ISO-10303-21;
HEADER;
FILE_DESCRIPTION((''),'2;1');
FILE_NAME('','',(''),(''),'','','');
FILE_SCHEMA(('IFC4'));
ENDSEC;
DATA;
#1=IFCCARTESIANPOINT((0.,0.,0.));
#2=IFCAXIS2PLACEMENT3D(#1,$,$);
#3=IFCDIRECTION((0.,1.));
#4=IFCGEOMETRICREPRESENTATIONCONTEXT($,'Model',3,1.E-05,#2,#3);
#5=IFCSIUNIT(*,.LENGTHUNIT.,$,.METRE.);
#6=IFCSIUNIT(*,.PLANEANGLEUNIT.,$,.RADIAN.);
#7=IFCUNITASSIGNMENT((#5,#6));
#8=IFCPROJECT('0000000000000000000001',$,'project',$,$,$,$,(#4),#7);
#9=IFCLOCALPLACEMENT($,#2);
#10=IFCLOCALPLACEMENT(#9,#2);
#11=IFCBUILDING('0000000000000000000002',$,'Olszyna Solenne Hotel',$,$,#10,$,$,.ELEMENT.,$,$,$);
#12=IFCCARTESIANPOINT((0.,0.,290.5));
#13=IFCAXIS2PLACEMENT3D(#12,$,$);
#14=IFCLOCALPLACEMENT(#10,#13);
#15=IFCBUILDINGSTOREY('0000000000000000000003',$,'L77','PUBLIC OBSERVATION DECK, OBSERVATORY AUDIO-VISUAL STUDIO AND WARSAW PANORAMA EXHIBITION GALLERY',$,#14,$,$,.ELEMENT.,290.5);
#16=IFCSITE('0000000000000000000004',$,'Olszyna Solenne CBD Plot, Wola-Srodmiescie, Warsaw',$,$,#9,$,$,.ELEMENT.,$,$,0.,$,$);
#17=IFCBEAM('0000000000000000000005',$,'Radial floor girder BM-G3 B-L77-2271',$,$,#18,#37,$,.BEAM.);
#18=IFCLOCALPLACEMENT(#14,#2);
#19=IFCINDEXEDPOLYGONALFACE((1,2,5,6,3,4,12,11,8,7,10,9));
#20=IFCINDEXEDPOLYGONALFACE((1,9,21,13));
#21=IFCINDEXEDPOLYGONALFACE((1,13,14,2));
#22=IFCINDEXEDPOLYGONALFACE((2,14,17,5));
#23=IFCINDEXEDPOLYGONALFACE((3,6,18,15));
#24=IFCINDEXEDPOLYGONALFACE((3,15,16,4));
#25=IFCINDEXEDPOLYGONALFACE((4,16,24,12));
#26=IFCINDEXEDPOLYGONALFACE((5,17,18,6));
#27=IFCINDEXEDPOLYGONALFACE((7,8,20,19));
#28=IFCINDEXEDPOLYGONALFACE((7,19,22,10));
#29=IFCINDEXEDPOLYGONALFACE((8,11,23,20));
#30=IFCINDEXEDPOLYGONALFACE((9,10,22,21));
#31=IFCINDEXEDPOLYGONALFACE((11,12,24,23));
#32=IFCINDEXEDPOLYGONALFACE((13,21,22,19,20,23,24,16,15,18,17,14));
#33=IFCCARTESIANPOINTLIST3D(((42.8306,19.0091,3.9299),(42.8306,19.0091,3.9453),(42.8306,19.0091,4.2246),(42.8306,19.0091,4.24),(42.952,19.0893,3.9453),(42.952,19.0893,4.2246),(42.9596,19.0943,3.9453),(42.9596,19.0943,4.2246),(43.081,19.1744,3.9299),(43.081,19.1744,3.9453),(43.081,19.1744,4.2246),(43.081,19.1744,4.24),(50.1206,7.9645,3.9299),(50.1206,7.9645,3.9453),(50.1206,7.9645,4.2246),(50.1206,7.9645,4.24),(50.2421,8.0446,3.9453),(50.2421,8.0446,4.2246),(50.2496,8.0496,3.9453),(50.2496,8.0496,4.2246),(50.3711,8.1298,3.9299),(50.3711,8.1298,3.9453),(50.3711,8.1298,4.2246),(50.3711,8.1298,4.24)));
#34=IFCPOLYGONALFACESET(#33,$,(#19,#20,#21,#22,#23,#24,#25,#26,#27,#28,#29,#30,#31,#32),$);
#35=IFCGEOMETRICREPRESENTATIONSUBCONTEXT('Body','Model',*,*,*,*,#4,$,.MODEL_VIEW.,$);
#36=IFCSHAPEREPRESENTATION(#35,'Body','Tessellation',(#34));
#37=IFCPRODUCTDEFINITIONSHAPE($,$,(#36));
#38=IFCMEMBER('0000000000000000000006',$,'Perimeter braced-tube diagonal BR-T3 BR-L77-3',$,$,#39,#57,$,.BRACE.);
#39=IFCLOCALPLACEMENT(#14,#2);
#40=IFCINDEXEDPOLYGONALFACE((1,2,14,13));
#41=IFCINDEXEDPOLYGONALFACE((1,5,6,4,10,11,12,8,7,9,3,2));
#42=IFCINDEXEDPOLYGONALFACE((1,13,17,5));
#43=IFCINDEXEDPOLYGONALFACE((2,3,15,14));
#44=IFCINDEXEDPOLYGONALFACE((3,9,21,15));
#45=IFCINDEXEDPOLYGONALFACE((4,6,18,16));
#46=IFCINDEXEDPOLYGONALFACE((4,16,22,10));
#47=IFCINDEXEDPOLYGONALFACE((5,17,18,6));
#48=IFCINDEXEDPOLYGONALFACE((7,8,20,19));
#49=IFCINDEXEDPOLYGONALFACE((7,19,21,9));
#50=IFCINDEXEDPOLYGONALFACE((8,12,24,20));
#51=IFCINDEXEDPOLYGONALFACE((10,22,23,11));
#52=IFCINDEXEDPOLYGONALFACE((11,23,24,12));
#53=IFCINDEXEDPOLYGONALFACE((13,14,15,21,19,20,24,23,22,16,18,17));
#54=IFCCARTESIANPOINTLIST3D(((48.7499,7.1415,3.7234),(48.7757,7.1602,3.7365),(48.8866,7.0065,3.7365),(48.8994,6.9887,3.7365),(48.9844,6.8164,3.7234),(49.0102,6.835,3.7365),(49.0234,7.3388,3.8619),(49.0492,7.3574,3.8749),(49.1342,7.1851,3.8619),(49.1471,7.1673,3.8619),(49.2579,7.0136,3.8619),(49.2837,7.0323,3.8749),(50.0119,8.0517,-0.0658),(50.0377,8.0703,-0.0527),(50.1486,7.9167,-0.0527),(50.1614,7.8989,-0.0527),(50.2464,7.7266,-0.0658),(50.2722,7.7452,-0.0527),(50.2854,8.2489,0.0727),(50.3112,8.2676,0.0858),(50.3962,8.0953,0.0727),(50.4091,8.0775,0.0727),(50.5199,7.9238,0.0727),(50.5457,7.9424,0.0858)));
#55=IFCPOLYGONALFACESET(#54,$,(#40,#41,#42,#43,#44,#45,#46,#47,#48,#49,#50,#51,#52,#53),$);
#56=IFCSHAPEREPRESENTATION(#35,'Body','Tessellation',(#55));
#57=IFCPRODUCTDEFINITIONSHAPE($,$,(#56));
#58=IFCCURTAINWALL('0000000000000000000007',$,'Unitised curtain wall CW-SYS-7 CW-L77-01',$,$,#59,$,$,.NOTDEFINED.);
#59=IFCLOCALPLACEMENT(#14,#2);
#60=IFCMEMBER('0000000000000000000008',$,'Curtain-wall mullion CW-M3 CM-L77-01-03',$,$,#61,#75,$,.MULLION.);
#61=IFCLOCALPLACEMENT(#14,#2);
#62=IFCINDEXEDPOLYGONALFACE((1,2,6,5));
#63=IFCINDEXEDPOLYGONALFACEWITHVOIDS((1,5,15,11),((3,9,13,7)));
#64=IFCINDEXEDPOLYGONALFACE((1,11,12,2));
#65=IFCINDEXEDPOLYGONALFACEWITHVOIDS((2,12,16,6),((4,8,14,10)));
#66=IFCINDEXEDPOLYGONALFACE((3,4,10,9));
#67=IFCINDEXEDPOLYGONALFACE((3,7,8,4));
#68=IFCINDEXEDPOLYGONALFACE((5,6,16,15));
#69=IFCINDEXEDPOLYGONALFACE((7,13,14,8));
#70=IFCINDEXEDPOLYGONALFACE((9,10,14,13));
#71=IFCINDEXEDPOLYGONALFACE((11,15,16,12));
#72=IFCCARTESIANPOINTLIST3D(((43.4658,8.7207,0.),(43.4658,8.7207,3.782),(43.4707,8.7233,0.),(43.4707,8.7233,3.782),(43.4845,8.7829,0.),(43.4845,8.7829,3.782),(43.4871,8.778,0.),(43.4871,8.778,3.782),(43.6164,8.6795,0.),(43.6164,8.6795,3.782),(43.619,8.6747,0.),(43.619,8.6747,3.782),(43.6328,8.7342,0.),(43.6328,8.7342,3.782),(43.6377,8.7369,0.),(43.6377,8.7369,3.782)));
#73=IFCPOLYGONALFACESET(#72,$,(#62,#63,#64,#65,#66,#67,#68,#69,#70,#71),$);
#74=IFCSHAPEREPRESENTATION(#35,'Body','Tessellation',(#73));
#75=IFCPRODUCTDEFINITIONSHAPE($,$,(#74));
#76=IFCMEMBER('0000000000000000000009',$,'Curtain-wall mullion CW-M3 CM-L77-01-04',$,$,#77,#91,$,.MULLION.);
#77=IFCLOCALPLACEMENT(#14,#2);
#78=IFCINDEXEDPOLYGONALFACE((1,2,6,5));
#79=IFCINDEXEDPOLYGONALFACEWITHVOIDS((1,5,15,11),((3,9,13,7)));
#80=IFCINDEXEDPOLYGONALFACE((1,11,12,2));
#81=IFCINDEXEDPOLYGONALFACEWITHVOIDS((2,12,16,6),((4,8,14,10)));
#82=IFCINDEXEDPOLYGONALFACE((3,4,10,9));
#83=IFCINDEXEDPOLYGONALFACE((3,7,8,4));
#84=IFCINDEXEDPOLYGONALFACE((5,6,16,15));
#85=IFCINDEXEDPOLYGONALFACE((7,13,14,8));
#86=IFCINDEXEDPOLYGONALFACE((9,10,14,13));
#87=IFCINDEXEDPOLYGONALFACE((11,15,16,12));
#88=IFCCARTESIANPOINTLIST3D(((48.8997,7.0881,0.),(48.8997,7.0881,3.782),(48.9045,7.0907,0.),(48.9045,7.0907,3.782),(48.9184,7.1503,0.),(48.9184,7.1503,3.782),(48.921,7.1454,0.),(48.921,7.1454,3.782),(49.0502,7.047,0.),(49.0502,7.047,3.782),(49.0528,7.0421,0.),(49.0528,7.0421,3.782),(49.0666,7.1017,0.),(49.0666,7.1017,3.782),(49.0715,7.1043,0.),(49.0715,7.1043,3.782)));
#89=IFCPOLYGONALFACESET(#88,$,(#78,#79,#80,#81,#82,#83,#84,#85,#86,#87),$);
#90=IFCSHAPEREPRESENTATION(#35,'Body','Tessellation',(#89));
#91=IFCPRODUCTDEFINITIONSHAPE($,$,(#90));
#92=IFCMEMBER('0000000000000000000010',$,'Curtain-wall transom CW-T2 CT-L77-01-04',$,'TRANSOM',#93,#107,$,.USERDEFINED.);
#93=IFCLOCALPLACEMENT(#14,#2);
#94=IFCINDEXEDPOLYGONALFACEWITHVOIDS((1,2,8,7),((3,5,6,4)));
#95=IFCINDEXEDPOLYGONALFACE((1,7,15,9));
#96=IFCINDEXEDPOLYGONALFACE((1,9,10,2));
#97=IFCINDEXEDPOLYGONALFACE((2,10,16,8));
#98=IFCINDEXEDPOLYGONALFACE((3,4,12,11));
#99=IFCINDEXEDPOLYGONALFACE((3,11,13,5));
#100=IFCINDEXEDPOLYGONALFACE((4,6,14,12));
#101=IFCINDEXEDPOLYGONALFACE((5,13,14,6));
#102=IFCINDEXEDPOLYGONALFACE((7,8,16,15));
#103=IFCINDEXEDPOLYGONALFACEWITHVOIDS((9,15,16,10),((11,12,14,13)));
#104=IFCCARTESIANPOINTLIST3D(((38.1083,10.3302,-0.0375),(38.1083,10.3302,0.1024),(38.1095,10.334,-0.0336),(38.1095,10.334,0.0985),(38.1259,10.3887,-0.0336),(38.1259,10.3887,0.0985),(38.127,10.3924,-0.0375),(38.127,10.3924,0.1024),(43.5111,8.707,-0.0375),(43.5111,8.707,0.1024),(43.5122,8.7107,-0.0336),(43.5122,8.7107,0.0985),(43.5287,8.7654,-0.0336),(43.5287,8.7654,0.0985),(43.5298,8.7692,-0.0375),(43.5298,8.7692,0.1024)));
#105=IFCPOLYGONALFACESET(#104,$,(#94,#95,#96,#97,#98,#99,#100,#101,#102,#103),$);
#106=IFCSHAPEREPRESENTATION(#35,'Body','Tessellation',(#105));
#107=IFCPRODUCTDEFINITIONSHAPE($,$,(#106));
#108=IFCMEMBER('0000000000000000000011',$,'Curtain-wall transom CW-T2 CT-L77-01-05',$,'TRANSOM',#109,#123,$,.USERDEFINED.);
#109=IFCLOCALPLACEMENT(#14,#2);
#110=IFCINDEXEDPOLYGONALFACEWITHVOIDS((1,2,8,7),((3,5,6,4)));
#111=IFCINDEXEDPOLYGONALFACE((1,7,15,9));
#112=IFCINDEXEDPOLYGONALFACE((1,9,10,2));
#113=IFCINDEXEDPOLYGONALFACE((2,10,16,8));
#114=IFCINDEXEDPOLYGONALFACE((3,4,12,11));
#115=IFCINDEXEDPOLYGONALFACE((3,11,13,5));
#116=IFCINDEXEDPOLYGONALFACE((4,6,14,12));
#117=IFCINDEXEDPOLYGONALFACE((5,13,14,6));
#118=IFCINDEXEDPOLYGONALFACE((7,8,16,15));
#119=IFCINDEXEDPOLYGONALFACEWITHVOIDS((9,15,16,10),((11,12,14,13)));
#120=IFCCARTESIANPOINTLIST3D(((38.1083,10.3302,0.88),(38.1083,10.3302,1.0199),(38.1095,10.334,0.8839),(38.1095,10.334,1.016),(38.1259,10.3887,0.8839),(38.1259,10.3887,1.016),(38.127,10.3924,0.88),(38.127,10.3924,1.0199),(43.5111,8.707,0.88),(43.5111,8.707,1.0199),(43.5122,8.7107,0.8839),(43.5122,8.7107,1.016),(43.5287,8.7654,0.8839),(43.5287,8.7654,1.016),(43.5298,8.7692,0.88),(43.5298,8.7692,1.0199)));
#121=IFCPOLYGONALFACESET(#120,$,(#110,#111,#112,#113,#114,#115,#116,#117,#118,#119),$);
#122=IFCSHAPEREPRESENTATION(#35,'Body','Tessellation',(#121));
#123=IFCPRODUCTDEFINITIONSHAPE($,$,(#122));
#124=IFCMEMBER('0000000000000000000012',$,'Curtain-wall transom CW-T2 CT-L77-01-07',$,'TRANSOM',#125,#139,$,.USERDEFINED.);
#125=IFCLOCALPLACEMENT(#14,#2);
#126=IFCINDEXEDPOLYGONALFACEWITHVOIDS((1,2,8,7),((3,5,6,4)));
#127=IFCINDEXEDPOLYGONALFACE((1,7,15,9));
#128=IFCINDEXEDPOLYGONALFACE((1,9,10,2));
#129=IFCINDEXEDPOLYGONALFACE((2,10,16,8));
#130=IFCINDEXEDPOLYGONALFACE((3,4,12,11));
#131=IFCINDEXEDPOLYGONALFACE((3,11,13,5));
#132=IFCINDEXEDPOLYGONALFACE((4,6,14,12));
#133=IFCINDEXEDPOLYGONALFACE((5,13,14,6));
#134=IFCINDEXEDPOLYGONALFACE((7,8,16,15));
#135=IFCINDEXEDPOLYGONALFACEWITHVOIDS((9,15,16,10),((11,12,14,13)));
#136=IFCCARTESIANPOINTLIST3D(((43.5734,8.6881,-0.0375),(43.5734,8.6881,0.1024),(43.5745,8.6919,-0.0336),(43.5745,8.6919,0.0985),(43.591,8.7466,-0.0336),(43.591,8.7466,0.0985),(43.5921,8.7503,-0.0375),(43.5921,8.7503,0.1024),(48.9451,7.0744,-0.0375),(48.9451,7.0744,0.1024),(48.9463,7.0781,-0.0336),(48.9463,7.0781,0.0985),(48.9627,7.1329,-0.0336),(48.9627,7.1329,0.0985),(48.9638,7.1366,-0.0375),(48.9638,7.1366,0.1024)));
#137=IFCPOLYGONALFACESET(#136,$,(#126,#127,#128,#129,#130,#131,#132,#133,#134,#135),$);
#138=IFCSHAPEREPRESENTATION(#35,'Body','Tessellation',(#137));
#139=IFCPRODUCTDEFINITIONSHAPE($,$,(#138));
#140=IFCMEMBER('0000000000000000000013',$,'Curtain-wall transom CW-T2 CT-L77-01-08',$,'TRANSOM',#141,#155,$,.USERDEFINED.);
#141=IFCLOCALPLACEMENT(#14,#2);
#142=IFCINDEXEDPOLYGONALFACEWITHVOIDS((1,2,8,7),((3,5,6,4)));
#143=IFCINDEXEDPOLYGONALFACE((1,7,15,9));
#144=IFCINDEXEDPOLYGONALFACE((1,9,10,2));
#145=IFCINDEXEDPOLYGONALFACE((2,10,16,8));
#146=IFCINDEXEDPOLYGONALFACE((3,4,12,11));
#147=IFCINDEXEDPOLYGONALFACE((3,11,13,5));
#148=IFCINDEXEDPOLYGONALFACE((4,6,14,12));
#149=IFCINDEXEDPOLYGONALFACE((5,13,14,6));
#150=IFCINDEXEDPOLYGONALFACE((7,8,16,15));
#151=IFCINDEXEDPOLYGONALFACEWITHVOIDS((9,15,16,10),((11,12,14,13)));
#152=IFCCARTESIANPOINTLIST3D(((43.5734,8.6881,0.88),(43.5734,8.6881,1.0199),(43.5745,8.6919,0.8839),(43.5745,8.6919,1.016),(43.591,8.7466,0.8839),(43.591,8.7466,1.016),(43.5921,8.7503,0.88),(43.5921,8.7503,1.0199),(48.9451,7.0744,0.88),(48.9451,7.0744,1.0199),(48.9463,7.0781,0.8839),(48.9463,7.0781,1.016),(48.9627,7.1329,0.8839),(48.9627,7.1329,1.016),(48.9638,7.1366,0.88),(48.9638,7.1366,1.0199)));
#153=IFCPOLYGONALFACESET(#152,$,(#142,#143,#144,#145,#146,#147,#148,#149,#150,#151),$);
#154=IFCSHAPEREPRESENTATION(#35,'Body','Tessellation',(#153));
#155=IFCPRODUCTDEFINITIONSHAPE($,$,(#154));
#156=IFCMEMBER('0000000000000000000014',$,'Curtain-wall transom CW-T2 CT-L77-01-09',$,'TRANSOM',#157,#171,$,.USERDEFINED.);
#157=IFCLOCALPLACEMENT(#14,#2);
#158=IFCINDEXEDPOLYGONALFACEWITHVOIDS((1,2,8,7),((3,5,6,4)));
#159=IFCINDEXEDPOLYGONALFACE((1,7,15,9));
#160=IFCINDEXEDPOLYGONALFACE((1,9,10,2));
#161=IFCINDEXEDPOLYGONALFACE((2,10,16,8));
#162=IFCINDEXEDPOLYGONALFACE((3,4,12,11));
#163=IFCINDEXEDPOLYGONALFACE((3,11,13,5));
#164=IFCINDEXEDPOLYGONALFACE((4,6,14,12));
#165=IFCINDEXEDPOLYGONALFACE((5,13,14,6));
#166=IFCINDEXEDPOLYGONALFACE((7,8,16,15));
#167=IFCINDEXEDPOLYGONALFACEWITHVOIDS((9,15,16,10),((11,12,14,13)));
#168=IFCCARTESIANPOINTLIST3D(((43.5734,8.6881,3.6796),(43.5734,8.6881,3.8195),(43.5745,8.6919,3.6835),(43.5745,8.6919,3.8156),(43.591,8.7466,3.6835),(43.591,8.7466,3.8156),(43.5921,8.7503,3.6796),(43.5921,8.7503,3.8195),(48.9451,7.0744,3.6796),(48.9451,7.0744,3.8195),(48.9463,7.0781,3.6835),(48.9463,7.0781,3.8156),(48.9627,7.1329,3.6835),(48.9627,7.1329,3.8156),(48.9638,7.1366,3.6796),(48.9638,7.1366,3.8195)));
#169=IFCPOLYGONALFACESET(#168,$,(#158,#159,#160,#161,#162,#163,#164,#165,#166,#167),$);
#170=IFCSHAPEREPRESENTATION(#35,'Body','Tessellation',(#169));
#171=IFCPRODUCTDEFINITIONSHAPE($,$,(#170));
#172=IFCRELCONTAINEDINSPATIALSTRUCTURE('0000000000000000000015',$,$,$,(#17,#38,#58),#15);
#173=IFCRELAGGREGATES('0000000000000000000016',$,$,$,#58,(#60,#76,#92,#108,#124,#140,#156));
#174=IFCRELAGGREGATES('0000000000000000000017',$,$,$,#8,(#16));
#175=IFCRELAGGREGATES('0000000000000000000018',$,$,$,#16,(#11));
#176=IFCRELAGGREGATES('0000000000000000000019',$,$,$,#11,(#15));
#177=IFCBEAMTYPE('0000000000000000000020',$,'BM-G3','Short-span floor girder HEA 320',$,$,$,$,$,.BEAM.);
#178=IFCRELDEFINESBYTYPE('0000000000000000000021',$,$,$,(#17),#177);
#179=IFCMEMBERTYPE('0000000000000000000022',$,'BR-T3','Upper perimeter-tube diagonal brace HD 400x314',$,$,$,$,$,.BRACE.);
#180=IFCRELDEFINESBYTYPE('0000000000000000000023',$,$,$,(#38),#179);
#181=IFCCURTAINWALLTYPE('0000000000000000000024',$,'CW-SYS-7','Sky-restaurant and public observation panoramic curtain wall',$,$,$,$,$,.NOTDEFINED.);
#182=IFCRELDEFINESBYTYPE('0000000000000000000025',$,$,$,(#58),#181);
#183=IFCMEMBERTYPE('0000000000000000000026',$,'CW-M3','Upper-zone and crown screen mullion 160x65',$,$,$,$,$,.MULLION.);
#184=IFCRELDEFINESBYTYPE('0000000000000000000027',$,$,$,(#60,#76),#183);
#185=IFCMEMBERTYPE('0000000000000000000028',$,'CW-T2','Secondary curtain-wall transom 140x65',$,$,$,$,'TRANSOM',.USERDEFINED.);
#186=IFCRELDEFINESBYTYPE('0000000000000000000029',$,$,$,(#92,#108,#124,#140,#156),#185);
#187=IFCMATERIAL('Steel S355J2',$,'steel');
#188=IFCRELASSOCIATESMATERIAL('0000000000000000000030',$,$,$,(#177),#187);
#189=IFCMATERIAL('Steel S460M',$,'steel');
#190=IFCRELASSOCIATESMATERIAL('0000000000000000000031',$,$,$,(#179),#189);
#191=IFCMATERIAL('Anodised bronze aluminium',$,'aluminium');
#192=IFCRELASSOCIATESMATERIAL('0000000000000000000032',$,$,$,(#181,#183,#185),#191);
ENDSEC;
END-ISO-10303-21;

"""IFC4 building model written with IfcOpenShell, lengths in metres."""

from ifc_helpers import new_model, si_unit, direction, frame, origin, origin_2d, place, context, subcontext, project, spatial, hollow_rectangle, i_section, extrude, source, transform, mapped, material, material_profile, profile_set, type_object, element, aggregate, save


model = new_model("IFC4")

# Units and contexts
model_context = context("Model", 3, precision=1e-05, world=origin(), true_north=direction((0.0, 1.0)))
body_context = subcontext(model_context, "Body", "Model", "MODEL_VIEW")
ifc_project = project(units=[si_unit("LENGTHUNIT", "METRE"), si_unit("PLANEANGLEUNIT", "RADIAN")], contexts=[model_context])

# Site, building, storey
site_placement = place(None, origin())
site = spatial("IfcSite", under=ifc_project, at=site_placement, Name="Olszyna Solenne CBD Plot, Wola-Srodmiescie, Warsaw", CompositionType="ELEMENT", RefElevation=0.0)
building_placement = place(site_placement, origin())
building = spatial("IfcBuilding", under=site, at=building_placement, Name="Olszyna Solenne Hotel", CompositionType="ELEMENT")
storey_placement = place(building_placement, frame((0.0, 0.0, 290.5)))
storey = spatial("IfcBuildingStorey", under=building, at=storey_placement, Name="L77", Description="PUBLIC OBSERVATION DECK, OBSERVATORY AUDIO-VISUAL STUDIO AND WARSAW PANORAMA EXHIBITION GALLERY", CompositionType="ELEMENT", Elevation=290.5)

# Shared definitions
ifc_material_1 = material(Name="Steel S460M", Category="steel")
ifc_material_2 = material(Name="Steel S355J2", Category="steel")

# Beam
ifc_material_profile_1 = material_profile(ifc_material_2, i_section(OverallWidth=0.3, OverallDepth=0.3101, WebThickness=0.009, FlangeThickness=0.0154, at=origin_2d()), Name="HEA 320", Category="load-bearing")
ifc_profile_set_1 = profile_set([ifc_material_profile_1], Name="Steel S355J2")
beam_type_1 = type_object("IfcBeamType", Name="BM-G3", Description="Short-span floor girder HEA 320", PredefinedType="BEAM", material=ifc_profile_set_1)
shared_shape_1 = source(origin(), body_context, "Body", "SweptSolid", [
    extrude(i_section(OverallWidth=0.3, OverallDepth=0.3101, WebThickness=0.009, FlangeThickness=0.0154, at=origin_2d()), origin(), (0.0, 0.0, 1.0), 13.2336),
])
beam_1_placement = place(storey_placement, frame((50.2458, 8.0471, 4.085), z_axis=(-0.550871, 0.83459, 0.0), x_axis=(-0.83459, -0.550871, 0.0)))
element("IfcBeam", 1, at=beam_1_placement, inside=storey, type_object=beam_type_1, Name="Radial floor girder BM-G3 B-L77-2271", PredefinedType="BEAM", context=body_context, shape_type="MappedRepresentation", body=[
    mapped(shared_shape_1, transform((0.0, 0.0, 0.0), x_axis=(1.0, 0.0, 0.0), y_axis=(0.0, 1.0, 0.0), z_axis=(0.0, 0.0, 1.0), scale=1.0)),
])

# Member
ifc_material_profile_2 = material_profile(ifc_material_1, i_section(OverallWidth=0.4009, OverallDepth=0.3989, WebThickness=0.022, FlangeThickness=0.0344, at=origin_2d()), Name="HD 400x314", Category="load-bearing")
ifc_profile_set_2 = profile_set([ifc_material_profile_2], Name="Steel S460M")
member_type_1 = type_object("IfcMemberType", Name="BR-T3", Description="Upper perimeter-tube diagonal brace HD 400x314", PredefinedType="BRACE", material=ifc_profile_set_2)
shared_shape_2 = source(origin(), body_context, "Body", "SweptSolid", [
    extrude(i_section(OverallWidth=0.4009, OverallDepth=0.3989, WebThickness=0.022, FlangeThickness=0.0344, at=origin_2d()), origin(), (0.0, 0.0, 1.0), 4.0962),
])
member_1_placement = place(storey_placement, frame((50.2788, 7.9971, 0.01), z_axis=(-0.30809, -0.222201, 0.925044), x_axis=(0.584958, -0.811064, 0.0)))
element("IfcMember", 2, at=member_1_placement, inside=storey, type_object=member_type_1, Name="Perimeter braced-tube diagonal BR-T3 BR-L77-3", PredefinedType="BRACE", context=body_context, shape_type="MappedRepresentation", body=[
    mapped(shared_shape_2, transform((0.0, 0.0, 0.0), x_axis=(1.0, 0.0, 0.0), y_axis=(0.0, 1.0, 0.0), z_axis=(0.0, 0.0, 1.0), scale=1.0)),
])

# Curtain wall, members
ifc_material_3 = material(Name="Anodised bronze aluminium", Category="aluminium")
curtain_wall_type = type_object("IfcCurtainWallType", Name="CW-SYS-7", Description="Sky-restaurant and public observation panoramic curtain wall", PredefinedType="NOTDEFINED", material=ifc_material_3)
curtain_wall_placement = place(storey_placement, origin())
curtain_wall = element("IfcCurtainWall", 3, at=curtain_wall_placement, inside=storey, type_object=curtain_wall_type, Name="Unitised curtain wall CW-SYS-7 CW-L77-01", PredefinedType="NOTDEFINED")
ifc_material_profile_3 = material_profile(ifc_material_3, hollow_rectangle(XDim=0.0649, YDim=0.1599, WallThickness=0.0039, at=origin_2d()), Name="MULL 160x65x4", Category="load-bearing")
ifc_profile_set_3 = profile_set([ifc_material_profile_3], Name="Anodised bronze aluminium")
member_type_2 = type_object("IfcMemberType", Name="CW-M3", Description="Upper-zone and crown screen mullion 160x65", PredefinedType="MULLION", material=ifc_profile_set_3)
shared_shape_3 = source(origin(), body_context, "Body", "SweptSolid", [
    extrude(hollow_rectangle(XDim=0.0649, YDim=0.1599, WallThickness=0.0039, at=origin_2d()), origin(), (0.0, 0.0, 1.0), 3.782),
])
member_2_placement = place(storey_placement, frame((43.5518, 8.7288, 0.0), z_axis=(0.0, 0.0, 1.0), x_axis=(0.287727, 0.957712, 0.0)))
member_2 = element("IfcMember", 4, at=member_2_placement, type_object=member_type_2, Name="Curtain-wall mullion CW-M3 CM-L77-01-03", PredefinedType="MULLION", context=body_context, shape_type="MappedRepresentation", body=[
    mapped(shared_shape_3, transform((0.0, 0.0, 0.0), x_axis=(1.0, 0.0, 0.0), y_axis=(0.0, 1.0, 0.0), z_axis=(0.0, 0.0, 1.0), scale=1.0)),
])
member_3_placement = place(storey_placement, frame((48.9856, 7.0962, 0.0), z_axis=(0.0, 0.0, 1.0), x_axis=(0.287727, 0.957712, 0.0)))
member_3 = element("IfcMember", 5, at=member_3_placement, type_object=member_type_2, Name="Curtain-wall mullion CW-M3 CM-L77-01-04", PredefinedType="MULLION", context=body_context, shape_type="MappedRepresentation", body=[
    mapped(shared_shape_3, transform((0.0, 0.0, 0.0), x_axis=(1.0, 0.0, 0.0), y_axis=(0.0, 1.0, 0.0), z_axis=(0.0, 0.0, 1.0), scale=1.0)),
])
ifc_material_profile_4 = material_profile(ifc_material_3, hollow_rectangle(XDim=0.0649, YDim=0.1399, WallThickness=0.0039, at=origin_2d()), Name="TRAN 140x65x4", Category="load-bearing")
ifc_profile_set_4 = profile_set([ifc_material_profile_4], Name="Anodised bronze aluminium")
member_type_3 = type_object("IfcMemberType", Name="CW-T2", Description="Secondary curtain-wall transom 140x65", ElementType="TRANSOM", PredefinedType="USERDEFINED", material=ifc_profile_set_4)
shared_shape_4 = source(origin(), body_context, "Body", "SweptSolid", [
    extrude(hollow_rectangle(XDim=0.0649, YDim=0.1399, WallThickness=0.0039, at=origin_2d()), origin(), (0.0, 0.0, 1.0), 5.6414),
])
member_4_placement = place(storey_placement, frame((38.1177, 10.3613, 0.0325), z_axis=(0.957707, -0.287745, 0.0), x_axis=(0.287745, 0.957707, 0.0)))
member_4 = element("IfcMember", 6, at=member_4_placement, type_object=member_type_3, Name="Curtain-wall transom CW-T2 CT-L77-01-04", ObjectType="TRANSOM", PredefinedType="USERDEFINED", context=body_context, shape_type="MappedRepresentation", body=[
    mapped(shared_shape_4, transform((0.0, 0.0, 0.0), x_axis=(1.0, 0.0, 0.0), y_axis=(0.0, 1.0, 0.0), z_axis=(0.0, 0.0, 1.0), scale=1.0)),
])
member_5_placement = place(storey_placement, frame((38.1177, 10.3613, 0.95), z_axis=(0.957707, -0.287745, 0.0), x_axis=(0.287745, 0.957707, 0.0)))
member_5 = element("IfcMember", 7, at=member_5_placement, type_object=member_type_3, Name="Curtain-wall transom CW-T2 CT-L77-01-05", ObjectType="TRANSOM", PredefinedType="USERDEFINED", context=body_context, shape_type="MappedRepresentation", body=[
    mapped(shared_shape_4, transform((0.0, 0.0, 0.0), x_axis=(1.0, 0.0, 0.0), y_axis=(0.0, 1.0, 0.0), z_axis=(0.0, 0.0, 1.0), scale=1.0)),
])
shared_shape_5 = source(origin(), body_context, "Body", "SweptSolid", [
    extrude(hollow_rectangle(XDim=0.0649, YDim=0.1399, WallThickness=0.0039, at=origin_2d()), origin(), (0.0, 0.0, 1.0), 5.6089),
])
member_6_placement = place(storey_placement, frame((43.5828, 8.7192, 0.0325), z_axis=(0.957717, -0.287711, 0.0), x_axis=(0.287711, 0.957717, 0.0)))
member_6 = element("IfcMember", 8, at=member_6_placement, type_object=member_type_3, Name="Curtain-wall transom CW-T2 CT-L77-01-07", ObjectType="TRANSOM", PredefinedType="USERDEFINED", context=body_context, shape_type="MappedRepresentation", body=[
    mapped(shared_shape_5, transform((0.0, 0.0, 0.0), x_axis=(1.0, 0.0, 0.0), y_axis=(0.0, 1.0, 0.0), z_axis=(0.0, 0.0, 1.0), scale=1.0)),
])
member_7_placement = place(storey_placement, frame((43.5828, 8.7192, 0.95), z_axis=(0.957717, -0.287711, 0.0), x_axis=(0.287711, 0.957717, 0.0)))
member_7 = element("IfcMember", 9, at=member_7_placement, type_object=member_type_3, Name="Curtain-wall transom CW-T2 CT-L77-01-08", ObjectType="TRANSOM", PredefinedType="USERDEFINED", context=body_context, shape_type="MappedRepresentation", body=[
    mapped(shared_shape_5, transform((0.0, 0.0, 0.0), x_axis=(1.0, 0.0, 0.0), y_axis=(0.0, 1.0, 0.0), z_axis=(0.0, 0.0, 1.0), scale=1.0)),
])
member_8_placement = place(storey_placement, frame((43.5828, 8.7192, 3.7495), z_axis=(0.957717, -0.287711, 0.0), x_axis=(0.287711, 0.957717, 0.0)))
member_8 = element("IfcMember", 10, at=member_8_placement, type_object=member_type_3, Name="Curtain-wall transom CW-T2 CT-L77-01-09", ObjectType="TRANSOM", PredefinedType="USERDEFINED", context=body_context, shape_type="MappedRepresentation", body=[
    mapped(shared_shape_5, transform((0.0, 0.0, 0.0), x_axis=(1.0, 0.0, 0.0), y_axis=(0.0, 1.0, 0.0), z_axis=(0.0, 0.0, 1.0), scale=1.0)),
])

aggregate(curtain_wall, [member_2, member_3, member_4, member_5, member_6, member_7, member_8])

save(model, "model.ifc")
